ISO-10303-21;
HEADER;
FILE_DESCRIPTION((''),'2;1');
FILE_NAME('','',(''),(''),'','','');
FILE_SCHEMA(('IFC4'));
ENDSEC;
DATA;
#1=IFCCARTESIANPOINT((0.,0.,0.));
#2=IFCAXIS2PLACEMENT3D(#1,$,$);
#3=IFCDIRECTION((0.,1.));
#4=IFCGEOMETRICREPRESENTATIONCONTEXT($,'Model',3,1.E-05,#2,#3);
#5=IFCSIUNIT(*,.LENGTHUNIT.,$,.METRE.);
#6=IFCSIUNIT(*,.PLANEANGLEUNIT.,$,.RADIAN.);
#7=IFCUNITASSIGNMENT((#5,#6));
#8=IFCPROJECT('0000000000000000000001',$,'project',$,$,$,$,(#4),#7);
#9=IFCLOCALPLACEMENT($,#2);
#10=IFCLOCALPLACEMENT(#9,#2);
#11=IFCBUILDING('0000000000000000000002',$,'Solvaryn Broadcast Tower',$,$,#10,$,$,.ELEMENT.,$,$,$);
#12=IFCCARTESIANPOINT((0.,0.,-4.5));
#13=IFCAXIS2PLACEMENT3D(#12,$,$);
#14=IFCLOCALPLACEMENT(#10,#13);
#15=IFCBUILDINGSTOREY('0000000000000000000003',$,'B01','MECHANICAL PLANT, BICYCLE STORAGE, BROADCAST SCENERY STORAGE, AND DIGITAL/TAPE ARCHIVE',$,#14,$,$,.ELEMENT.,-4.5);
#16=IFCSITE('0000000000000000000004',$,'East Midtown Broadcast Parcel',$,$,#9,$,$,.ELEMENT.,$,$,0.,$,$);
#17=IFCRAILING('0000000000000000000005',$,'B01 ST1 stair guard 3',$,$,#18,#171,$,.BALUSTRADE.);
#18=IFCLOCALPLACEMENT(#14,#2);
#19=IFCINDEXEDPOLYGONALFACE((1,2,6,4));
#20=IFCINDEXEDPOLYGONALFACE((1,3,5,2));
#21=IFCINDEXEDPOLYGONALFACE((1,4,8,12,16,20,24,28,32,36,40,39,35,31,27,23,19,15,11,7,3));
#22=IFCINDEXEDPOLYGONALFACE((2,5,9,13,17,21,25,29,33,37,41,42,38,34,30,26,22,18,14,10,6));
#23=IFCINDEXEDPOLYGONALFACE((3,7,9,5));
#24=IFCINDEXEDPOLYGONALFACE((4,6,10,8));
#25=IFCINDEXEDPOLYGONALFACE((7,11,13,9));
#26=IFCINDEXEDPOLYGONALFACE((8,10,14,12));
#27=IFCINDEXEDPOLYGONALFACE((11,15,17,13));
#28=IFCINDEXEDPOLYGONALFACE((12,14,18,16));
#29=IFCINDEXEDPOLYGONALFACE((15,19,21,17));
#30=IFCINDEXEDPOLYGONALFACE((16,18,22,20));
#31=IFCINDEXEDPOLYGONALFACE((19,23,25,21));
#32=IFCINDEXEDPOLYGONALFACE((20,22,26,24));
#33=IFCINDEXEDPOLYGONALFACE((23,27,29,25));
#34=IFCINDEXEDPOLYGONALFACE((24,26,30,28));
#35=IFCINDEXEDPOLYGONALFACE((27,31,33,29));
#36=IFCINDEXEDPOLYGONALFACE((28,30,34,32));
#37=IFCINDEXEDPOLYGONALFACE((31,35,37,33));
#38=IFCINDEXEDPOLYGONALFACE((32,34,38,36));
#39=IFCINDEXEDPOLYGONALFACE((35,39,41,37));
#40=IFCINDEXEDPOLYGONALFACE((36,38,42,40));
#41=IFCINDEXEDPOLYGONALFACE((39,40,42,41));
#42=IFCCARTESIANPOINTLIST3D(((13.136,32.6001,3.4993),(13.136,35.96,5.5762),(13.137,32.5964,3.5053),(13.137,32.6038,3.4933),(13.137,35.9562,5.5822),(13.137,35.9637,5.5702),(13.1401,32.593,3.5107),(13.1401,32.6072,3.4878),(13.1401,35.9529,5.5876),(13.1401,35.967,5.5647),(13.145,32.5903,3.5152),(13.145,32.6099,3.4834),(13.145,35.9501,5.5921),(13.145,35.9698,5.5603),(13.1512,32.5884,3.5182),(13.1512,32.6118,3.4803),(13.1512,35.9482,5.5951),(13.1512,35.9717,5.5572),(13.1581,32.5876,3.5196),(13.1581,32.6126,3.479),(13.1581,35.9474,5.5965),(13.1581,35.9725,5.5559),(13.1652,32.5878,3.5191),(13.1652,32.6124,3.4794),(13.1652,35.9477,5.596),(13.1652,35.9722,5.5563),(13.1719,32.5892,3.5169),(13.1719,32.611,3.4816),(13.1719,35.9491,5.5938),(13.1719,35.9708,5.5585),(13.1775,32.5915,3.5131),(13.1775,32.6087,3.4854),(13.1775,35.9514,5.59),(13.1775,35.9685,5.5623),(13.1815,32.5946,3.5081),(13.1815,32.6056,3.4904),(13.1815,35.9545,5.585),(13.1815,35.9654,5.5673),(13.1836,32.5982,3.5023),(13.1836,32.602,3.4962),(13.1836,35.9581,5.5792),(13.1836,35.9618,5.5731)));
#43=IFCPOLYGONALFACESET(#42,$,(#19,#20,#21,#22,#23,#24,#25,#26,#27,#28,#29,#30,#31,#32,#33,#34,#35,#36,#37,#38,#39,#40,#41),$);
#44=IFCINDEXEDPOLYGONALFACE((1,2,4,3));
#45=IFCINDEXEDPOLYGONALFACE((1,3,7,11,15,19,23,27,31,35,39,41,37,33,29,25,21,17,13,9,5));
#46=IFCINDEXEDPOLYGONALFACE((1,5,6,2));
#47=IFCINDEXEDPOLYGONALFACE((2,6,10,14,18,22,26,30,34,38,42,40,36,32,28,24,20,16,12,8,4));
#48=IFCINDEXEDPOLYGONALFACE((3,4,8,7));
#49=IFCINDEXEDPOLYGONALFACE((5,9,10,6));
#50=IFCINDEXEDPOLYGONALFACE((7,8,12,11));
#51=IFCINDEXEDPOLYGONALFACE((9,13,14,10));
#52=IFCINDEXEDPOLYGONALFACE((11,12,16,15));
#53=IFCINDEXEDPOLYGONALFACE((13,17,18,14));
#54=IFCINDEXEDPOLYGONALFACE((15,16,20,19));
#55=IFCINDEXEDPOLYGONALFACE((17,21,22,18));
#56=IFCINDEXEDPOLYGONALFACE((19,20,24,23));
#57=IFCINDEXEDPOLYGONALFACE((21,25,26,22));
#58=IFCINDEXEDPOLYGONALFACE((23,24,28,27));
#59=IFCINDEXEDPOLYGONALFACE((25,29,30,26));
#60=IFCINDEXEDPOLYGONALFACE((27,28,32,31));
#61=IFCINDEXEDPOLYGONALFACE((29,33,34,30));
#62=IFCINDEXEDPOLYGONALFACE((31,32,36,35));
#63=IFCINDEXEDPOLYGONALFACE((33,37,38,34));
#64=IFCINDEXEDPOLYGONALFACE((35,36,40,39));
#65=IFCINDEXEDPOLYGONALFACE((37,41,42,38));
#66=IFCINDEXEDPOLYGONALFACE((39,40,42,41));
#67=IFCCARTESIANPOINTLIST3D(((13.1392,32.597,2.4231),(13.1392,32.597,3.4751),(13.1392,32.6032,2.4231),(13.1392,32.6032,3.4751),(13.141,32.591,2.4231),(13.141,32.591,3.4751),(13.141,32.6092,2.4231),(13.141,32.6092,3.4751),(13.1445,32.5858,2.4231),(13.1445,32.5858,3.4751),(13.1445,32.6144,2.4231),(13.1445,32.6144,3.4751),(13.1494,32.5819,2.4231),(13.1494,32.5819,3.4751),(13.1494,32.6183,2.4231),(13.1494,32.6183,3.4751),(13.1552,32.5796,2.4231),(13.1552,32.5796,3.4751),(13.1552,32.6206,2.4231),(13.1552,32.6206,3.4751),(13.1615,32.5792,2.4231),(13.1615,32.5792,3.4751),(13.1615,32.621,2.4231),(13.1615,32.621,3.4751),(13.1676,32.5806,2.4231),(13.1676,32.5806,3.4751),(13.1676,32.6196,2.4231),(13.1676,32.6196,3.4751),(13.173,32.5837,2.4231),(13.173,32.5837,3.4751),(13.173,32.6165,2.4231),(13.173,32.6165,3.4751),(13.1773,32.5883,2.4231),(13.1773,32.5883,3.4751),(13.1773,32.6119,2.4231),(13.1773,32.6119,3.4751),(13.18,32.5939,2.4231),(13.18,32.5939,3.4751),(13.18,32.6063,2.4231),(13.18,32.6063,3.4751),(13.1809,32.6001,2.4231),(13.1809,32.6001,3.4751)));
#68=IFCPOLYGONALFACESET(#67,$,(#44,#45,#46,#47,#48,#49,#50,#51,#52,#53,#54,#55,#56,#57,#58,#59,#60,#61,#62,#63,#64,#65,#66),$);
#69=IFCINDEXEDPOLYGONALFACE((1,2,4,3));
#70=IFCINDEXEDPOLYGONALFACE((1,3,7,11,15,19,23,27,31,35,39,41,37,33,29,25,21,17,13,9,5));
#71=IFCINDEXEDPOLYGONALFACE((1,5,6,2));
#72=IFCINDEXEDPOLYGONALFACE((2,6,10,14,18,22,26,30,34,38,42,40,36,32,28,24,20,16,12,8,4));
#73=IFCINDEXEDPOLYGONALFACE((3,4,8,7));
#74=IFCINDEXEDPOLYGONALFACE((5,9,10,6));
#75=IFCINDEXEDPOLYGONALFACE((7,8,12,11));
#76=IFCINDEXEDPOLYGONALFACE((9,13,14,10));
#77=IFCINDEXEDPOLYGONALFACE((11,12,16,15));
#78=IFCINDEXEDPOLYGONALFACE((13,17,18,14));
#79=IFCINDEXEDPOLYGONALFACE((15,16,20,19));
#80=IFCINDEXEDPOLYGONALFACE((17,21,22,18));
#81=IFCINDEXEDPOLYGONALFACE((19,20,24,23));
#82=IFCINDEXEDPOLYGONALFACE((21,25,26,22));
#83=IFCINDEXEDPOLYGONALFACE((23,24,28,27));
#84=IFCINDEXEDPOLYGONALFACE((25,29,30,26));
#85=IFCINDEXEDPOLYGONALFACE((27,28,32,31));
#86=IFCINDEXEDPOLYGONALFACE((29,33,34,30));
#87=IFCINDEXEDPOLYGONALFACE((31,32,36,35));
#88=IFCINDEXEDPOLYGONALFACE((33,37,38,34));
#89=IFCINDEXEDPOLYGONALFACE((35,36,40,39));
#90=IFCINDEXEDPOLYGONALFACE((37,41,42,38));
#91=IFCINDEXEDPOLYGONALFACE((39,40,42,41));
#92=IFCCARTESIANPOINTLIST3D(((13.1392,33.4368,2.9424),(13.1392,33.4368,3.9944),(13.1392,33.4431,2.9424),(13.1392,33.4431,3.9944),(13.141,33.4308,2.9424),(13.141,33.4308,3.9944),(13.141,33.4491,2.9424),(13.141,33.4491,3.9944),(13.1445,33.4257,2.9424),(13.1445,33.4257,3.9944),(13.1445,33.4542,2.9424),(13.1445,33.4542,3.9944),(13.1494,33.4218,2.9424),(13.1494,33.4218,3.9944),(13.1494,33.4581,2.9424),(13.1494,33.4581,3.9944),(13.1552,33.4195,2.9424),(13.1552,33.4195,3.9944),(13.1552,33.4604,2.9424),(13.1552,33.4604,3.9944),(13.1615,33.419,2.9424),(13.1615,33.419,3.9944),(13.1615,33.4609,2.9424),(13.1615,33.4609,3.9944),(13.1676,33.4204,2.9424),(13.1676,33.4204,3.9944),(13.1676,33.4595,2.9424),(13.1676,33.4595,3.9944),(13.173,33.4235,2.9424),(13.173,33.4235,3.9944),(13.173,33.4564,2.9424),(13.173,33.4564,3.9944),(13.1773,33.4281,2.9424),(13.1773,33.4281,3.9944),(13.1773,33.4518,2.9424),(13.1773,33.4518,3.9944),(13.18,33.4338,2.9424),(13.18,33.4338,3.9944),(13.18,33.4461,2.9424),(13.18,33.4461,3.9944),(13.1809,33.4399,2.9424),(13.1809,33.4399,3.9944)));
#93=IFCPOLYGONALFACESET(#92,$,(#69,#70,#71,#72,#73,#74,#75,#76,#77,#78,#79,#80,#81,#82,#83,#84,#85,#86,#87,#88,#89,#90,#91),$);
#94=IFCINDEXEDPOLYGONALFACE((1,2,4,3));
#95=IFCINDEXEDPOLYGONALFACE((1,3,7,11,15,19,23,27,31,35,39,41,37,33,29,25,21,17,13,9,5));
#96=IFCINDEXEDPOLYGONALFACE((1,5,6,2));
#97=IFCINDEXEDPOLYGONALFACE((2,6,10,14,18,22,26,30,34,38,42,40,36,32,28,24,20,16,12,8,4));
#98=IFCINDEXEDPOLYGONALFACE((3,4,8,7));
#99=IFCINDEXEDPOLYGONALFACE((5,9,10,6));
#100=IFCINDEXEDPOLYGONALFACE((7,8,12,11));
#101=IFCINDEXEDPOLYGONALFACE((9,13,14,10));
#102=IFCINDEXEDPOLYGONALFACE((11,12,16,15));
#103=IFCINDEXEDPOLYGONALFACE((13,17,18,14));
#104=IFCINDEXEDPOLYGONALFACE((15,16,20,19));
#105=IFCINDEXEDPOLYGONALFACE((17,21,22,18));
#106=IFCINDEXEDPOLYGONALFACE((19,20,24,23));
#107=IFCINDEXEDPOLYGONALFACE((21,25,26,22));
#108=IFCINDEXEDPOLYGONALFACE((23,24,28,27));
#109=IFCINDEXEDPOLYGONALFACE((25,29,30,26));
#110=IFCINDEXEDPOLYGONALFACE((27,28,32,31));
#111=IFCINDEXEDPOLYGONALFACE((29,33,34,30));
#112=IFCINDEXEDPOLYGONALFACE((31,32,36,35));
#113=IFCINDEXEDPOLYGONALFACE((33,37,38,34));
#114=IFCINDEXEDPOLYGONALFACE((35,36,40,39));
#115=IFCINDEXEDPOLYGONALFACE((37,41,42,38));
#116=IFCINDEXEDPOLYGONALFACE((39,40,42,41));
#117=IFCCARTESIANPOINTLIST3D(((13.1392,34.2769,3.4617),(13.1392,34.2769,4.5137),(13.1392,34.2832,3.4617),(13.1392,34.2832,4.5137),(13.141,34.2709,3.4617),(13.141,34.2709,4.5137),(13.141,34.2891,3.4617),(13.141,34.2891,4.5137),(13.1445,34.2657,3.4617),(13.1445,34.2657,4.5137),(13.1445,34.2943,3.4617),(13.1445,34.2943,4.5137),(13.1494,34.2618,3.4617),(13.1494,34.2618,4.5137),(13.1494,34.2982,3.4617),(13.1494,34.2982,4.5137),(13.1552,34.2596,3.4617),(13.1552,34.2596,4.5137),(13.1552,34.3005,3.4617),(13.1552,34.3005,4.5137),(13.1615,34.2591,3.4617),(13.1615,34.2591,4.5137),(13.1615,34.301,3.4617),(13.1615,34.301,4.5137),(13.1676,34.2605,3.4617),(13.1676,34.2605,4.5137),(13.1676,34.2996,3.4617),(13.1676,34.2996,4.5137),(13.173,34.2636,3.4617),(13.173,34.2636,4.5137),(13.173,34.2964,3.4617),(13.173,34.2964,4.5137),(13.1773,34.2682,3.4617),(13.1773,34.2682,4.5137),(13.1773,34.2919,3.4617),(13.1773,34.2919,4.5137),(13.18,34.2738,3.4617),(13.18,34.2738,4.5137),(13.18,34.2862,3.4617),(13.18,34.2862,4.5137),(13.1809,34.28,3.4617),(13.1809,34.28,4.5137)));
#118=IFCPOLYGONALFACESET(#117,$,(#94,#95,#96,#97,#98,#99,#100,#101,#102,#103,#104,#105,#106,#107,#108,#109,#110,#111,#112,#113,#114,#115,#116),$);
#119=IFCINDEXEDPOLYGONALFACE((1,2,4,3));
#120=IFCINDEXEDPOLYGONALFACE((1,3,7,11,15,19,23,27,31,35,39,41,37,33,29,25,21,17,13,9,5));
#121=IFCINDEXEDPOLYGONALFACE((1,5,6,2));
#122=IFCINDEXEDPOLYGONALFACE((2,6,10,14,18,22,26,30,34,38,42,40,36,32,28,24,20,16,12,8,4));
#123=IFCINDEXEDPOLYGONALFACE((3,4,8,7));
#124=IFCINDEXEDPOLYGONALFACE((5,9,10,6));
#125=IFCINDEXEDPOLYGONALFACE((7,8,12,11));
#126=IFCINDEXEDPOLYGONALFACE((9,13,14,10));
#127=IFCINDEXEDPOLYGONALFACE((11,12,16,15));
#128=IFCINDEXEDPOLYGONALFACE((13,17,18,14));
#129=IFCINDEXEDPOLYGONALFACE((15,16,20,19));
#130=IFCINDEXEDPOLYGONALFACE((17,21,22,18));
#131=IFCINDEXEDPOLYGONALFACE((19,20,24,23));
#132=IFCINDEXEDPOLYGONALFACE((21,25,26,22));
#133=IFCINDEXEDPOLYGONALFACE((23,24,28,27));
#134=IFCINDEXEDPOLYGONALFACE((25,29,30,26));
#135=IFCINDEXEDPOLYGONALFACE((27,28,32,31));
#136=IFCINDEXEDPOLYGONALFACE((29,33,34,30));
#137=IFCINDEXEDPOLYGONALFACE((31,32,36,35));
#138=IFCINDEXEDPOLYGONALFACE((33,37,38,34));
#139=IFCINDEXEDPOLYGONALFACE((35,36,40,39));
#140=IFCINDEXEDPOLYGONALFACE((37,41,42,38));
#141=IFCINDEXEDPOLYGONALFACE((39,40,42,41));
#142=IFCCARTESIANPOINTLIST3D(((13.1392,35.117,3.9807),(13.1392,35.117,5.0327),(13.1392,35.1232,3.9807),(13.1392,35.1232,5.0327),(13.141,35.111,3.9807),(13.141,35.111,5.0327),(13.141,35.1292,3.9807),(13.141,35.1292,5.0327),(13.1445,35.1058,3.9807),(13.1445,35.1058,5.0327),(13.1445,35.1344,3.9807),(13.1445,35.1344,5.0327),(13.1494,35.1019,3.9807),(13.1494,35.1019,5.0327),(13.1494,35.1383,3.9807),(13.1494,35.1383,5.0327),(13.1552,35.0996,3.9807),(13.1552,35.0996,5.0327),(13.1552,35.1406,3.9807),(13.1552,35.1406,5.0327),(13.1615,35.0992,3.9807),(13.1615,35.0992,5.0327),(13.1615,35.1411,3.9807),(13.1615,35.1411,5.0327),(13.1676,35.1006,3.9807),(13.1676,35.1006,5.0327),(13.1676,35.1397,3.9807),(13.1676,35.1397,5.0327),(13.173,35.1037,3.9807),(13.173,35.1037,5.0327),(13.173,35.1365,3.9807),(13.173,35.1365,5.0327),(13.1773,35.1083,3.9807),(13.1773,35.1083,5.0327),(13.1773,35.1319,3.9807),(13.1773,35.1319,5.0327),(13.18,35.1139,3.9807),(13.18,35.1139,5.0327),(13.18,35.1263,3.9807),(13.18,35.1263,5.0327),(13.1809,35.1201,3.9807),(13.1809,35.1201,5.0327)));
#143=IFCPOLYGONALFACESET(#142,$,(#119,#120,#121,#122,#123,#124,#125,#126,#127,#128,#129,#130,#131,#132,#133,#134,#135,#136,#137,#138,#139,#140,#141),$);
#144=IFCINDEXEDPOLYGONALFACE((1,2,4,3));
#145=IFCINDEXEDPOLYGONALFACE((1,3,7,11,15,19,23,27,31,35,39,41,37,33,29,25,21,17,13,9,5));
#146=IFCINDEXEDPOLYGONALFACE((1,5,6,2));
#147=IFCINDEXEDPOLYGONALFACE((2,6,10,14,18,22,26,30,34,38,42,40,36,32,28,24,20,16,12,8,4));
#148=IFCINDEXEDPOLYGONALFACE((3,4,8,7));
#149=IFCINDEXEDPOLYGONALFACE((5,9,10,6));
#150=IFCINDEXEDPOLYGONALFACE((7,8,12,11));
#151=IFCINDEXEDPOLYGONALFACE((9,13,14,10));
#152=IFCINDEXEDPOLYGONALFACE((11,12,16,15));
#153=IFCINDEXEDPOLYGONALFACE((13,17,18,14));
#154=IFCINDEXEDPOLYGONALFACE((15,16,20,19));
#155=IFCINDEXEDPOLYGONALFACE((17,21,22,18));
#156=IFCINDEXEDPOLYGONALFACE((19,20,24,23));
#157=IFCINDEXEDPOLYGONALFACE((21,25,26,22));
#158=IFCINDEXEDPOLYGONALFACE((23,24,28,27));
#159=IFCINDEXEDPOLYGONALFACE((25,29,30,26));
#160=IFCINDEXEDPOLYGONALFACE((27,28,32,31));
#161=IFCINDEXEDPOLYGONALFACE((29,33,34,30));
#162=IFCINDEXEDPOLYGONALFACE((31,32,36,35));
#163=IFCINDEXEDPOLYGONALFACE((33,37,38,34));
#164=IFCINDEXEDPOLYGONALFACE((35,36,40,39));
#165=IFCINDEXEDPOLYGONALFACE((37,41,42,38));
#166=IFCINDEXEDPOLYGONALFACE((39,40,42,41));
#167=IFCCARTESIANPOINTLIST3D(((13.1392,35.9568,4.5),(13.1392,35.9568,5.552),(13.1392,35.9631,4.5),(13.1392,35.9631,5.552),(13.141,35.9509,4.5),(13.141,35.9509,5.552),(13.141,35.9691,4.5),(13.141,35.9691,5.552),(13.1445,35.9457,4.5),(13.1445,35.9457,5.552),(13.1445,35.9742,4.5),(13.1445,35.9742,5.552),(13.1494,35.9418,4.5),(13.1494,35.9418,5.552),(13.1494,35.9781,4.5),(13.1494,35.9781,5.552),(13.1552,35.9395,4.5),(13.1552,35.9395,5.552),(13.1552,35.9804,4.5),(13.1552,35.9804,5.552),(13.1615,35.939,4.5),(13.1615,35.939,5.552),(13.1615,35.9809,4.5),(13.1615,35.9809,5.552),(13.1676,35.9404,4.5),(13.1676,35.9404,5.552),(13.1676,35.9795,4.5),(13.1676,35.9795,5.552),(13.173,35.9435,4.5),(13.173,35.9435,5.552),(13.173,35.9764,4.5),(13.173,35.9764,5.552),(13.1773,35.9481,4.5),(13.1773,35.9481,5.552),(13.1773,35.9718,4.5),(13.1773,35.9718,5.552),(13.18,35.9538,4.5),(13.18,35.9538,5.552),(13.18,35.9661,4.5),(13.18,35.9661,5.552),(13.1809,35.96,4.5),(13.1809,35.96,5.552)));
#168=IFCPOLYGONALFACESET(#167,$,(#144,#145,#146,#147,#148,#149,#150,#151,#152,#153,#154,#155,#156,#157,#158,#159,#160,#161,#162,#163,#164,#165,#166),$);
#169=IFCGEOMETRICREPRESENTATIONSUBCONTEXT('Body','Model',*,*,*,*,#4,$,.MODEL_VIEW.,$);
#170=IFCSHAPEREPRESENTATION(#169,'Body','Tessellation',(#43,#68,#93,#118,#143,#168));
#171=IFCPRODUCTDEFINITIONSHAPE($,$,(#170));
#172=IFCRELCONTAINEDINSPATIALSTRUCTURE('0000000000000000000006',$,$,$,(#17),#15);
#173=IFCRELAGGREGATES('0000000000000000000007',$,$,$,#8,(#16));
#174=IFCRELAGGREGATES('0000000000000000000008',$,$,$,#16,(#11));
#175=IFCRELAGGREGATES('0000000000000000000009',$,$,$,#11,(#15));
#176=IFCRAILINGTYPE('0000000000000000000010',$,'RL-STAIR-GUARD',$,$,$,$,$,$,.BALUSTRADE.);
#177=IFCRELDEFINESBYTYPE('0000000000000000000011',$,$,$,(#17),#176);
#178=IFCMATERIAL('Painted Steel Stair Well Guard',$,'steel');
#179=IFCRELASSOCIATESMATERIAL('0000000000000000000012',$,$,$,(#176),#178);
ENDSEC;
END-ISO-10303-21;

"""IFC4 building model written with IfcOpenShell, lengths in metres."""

from ifc_helpers import new_model, si_unit, direction, frame, origin, origin_2d, place, context, subcontext, project, spatial, circle, extrude, material, type_object, element, save


model = new_model("IFC4")

# Units and contexts
model_context = context("Model", 3, precision=1e-05, world=origin(), true_north=direction((0.0, 1.0)))
body_context = subcontext(model_context, "Body", "Model", "MODEL_VIEW")
ifc_project = project(units=[si_unit("LENGTHUNIT", "METRE"), si_unit("PLANEANGLEUNIT", "RADIAN")], contexts=[model_context])

# Site, building, storey
site_placement = place(None, origin())
site = spatial("IfcSite", under=ifc_project, at=site_placement, Name="East Midtown Broadcast Parcel", CompositionType="ELEMENT", RefElevation=0.0)
building_placement = place(site_placement, origin())
building = spatial("IfcBuilding", under=site, at=building_placement, Name="Solvaryn Broadcast Tower", CompositionType="ELEMENT")
storey_placement = place(building_placement, frame((0.0, 0.0, -4.5)))
storey = spatial("IfcBuildingStorey", under=building, at=storey_placement, Name="B01", Description="MECHANICAL PLANT, BICYCLE STORAGE, BROADCAST SCENERY STORAGE, AND DIGITAL/TAPE ARCHIVE", CompositionType="ELEMENT", Elevation=-4.5)

# Railing
ifc_material_1 = material(Name="Painted Steel Stair Well Guard", Category="steel")
railing_type_1 = type_object("IfcRailingType", Name="RL-STAIR-GUARD", PredefinedType="BALUSTRADE", material=ifc_material_1)
railing_1_placement = place(storey_placement, frame((13.1599, 32.6001, 2.4231)))
element("IfcRailing", 1, at=railing_1_placement, inside=storey, type_object=railing_type_1, Name="B01 ST1 stair guard 3", PredefinedType="BALUSTRADE", context=body_context, shape_type="SweptSolid", body=[
    extrude(circle(Radius=0.0239, at=origin_2d()), frame((0.0, 0.0, 1.0762), z_axis=(0.0, 0.850606, 0.525803), x_axis=(-1.0, 0.0, 0.0)), (0.0, 0.0, 1.0), 3.95),
    extrude(circle(Radius=0.021, at=origin_2d()), origin(), (0.0, 0.0, 1.0), 1.052),
    extrude(circle(Radius=0.021, at=origin_2d()), frame((0.0, 0.8398, 0.5193)), (0.0, 0.0, 1.0), 1.052),
    extrude(circle(Radius=0.021, at=origin_2d()), frame((0.0, 1.6799, 1.0386)), (0.0, 0.0, 1.0), 1.052),
    extrude(circle(Radius=0.021, at=origin_2d()), frame((0.0, 2.52, 1.5576)), (0.0, 0.0, 1.0), 1.052),
    extrude(circle(Radius=0.021, at=origin_2d()), frame((0.0, 3.3599, 2.0769)), (0.0, 0.0, 1.0), 1.052),
])

save(model, "model.ifc")
